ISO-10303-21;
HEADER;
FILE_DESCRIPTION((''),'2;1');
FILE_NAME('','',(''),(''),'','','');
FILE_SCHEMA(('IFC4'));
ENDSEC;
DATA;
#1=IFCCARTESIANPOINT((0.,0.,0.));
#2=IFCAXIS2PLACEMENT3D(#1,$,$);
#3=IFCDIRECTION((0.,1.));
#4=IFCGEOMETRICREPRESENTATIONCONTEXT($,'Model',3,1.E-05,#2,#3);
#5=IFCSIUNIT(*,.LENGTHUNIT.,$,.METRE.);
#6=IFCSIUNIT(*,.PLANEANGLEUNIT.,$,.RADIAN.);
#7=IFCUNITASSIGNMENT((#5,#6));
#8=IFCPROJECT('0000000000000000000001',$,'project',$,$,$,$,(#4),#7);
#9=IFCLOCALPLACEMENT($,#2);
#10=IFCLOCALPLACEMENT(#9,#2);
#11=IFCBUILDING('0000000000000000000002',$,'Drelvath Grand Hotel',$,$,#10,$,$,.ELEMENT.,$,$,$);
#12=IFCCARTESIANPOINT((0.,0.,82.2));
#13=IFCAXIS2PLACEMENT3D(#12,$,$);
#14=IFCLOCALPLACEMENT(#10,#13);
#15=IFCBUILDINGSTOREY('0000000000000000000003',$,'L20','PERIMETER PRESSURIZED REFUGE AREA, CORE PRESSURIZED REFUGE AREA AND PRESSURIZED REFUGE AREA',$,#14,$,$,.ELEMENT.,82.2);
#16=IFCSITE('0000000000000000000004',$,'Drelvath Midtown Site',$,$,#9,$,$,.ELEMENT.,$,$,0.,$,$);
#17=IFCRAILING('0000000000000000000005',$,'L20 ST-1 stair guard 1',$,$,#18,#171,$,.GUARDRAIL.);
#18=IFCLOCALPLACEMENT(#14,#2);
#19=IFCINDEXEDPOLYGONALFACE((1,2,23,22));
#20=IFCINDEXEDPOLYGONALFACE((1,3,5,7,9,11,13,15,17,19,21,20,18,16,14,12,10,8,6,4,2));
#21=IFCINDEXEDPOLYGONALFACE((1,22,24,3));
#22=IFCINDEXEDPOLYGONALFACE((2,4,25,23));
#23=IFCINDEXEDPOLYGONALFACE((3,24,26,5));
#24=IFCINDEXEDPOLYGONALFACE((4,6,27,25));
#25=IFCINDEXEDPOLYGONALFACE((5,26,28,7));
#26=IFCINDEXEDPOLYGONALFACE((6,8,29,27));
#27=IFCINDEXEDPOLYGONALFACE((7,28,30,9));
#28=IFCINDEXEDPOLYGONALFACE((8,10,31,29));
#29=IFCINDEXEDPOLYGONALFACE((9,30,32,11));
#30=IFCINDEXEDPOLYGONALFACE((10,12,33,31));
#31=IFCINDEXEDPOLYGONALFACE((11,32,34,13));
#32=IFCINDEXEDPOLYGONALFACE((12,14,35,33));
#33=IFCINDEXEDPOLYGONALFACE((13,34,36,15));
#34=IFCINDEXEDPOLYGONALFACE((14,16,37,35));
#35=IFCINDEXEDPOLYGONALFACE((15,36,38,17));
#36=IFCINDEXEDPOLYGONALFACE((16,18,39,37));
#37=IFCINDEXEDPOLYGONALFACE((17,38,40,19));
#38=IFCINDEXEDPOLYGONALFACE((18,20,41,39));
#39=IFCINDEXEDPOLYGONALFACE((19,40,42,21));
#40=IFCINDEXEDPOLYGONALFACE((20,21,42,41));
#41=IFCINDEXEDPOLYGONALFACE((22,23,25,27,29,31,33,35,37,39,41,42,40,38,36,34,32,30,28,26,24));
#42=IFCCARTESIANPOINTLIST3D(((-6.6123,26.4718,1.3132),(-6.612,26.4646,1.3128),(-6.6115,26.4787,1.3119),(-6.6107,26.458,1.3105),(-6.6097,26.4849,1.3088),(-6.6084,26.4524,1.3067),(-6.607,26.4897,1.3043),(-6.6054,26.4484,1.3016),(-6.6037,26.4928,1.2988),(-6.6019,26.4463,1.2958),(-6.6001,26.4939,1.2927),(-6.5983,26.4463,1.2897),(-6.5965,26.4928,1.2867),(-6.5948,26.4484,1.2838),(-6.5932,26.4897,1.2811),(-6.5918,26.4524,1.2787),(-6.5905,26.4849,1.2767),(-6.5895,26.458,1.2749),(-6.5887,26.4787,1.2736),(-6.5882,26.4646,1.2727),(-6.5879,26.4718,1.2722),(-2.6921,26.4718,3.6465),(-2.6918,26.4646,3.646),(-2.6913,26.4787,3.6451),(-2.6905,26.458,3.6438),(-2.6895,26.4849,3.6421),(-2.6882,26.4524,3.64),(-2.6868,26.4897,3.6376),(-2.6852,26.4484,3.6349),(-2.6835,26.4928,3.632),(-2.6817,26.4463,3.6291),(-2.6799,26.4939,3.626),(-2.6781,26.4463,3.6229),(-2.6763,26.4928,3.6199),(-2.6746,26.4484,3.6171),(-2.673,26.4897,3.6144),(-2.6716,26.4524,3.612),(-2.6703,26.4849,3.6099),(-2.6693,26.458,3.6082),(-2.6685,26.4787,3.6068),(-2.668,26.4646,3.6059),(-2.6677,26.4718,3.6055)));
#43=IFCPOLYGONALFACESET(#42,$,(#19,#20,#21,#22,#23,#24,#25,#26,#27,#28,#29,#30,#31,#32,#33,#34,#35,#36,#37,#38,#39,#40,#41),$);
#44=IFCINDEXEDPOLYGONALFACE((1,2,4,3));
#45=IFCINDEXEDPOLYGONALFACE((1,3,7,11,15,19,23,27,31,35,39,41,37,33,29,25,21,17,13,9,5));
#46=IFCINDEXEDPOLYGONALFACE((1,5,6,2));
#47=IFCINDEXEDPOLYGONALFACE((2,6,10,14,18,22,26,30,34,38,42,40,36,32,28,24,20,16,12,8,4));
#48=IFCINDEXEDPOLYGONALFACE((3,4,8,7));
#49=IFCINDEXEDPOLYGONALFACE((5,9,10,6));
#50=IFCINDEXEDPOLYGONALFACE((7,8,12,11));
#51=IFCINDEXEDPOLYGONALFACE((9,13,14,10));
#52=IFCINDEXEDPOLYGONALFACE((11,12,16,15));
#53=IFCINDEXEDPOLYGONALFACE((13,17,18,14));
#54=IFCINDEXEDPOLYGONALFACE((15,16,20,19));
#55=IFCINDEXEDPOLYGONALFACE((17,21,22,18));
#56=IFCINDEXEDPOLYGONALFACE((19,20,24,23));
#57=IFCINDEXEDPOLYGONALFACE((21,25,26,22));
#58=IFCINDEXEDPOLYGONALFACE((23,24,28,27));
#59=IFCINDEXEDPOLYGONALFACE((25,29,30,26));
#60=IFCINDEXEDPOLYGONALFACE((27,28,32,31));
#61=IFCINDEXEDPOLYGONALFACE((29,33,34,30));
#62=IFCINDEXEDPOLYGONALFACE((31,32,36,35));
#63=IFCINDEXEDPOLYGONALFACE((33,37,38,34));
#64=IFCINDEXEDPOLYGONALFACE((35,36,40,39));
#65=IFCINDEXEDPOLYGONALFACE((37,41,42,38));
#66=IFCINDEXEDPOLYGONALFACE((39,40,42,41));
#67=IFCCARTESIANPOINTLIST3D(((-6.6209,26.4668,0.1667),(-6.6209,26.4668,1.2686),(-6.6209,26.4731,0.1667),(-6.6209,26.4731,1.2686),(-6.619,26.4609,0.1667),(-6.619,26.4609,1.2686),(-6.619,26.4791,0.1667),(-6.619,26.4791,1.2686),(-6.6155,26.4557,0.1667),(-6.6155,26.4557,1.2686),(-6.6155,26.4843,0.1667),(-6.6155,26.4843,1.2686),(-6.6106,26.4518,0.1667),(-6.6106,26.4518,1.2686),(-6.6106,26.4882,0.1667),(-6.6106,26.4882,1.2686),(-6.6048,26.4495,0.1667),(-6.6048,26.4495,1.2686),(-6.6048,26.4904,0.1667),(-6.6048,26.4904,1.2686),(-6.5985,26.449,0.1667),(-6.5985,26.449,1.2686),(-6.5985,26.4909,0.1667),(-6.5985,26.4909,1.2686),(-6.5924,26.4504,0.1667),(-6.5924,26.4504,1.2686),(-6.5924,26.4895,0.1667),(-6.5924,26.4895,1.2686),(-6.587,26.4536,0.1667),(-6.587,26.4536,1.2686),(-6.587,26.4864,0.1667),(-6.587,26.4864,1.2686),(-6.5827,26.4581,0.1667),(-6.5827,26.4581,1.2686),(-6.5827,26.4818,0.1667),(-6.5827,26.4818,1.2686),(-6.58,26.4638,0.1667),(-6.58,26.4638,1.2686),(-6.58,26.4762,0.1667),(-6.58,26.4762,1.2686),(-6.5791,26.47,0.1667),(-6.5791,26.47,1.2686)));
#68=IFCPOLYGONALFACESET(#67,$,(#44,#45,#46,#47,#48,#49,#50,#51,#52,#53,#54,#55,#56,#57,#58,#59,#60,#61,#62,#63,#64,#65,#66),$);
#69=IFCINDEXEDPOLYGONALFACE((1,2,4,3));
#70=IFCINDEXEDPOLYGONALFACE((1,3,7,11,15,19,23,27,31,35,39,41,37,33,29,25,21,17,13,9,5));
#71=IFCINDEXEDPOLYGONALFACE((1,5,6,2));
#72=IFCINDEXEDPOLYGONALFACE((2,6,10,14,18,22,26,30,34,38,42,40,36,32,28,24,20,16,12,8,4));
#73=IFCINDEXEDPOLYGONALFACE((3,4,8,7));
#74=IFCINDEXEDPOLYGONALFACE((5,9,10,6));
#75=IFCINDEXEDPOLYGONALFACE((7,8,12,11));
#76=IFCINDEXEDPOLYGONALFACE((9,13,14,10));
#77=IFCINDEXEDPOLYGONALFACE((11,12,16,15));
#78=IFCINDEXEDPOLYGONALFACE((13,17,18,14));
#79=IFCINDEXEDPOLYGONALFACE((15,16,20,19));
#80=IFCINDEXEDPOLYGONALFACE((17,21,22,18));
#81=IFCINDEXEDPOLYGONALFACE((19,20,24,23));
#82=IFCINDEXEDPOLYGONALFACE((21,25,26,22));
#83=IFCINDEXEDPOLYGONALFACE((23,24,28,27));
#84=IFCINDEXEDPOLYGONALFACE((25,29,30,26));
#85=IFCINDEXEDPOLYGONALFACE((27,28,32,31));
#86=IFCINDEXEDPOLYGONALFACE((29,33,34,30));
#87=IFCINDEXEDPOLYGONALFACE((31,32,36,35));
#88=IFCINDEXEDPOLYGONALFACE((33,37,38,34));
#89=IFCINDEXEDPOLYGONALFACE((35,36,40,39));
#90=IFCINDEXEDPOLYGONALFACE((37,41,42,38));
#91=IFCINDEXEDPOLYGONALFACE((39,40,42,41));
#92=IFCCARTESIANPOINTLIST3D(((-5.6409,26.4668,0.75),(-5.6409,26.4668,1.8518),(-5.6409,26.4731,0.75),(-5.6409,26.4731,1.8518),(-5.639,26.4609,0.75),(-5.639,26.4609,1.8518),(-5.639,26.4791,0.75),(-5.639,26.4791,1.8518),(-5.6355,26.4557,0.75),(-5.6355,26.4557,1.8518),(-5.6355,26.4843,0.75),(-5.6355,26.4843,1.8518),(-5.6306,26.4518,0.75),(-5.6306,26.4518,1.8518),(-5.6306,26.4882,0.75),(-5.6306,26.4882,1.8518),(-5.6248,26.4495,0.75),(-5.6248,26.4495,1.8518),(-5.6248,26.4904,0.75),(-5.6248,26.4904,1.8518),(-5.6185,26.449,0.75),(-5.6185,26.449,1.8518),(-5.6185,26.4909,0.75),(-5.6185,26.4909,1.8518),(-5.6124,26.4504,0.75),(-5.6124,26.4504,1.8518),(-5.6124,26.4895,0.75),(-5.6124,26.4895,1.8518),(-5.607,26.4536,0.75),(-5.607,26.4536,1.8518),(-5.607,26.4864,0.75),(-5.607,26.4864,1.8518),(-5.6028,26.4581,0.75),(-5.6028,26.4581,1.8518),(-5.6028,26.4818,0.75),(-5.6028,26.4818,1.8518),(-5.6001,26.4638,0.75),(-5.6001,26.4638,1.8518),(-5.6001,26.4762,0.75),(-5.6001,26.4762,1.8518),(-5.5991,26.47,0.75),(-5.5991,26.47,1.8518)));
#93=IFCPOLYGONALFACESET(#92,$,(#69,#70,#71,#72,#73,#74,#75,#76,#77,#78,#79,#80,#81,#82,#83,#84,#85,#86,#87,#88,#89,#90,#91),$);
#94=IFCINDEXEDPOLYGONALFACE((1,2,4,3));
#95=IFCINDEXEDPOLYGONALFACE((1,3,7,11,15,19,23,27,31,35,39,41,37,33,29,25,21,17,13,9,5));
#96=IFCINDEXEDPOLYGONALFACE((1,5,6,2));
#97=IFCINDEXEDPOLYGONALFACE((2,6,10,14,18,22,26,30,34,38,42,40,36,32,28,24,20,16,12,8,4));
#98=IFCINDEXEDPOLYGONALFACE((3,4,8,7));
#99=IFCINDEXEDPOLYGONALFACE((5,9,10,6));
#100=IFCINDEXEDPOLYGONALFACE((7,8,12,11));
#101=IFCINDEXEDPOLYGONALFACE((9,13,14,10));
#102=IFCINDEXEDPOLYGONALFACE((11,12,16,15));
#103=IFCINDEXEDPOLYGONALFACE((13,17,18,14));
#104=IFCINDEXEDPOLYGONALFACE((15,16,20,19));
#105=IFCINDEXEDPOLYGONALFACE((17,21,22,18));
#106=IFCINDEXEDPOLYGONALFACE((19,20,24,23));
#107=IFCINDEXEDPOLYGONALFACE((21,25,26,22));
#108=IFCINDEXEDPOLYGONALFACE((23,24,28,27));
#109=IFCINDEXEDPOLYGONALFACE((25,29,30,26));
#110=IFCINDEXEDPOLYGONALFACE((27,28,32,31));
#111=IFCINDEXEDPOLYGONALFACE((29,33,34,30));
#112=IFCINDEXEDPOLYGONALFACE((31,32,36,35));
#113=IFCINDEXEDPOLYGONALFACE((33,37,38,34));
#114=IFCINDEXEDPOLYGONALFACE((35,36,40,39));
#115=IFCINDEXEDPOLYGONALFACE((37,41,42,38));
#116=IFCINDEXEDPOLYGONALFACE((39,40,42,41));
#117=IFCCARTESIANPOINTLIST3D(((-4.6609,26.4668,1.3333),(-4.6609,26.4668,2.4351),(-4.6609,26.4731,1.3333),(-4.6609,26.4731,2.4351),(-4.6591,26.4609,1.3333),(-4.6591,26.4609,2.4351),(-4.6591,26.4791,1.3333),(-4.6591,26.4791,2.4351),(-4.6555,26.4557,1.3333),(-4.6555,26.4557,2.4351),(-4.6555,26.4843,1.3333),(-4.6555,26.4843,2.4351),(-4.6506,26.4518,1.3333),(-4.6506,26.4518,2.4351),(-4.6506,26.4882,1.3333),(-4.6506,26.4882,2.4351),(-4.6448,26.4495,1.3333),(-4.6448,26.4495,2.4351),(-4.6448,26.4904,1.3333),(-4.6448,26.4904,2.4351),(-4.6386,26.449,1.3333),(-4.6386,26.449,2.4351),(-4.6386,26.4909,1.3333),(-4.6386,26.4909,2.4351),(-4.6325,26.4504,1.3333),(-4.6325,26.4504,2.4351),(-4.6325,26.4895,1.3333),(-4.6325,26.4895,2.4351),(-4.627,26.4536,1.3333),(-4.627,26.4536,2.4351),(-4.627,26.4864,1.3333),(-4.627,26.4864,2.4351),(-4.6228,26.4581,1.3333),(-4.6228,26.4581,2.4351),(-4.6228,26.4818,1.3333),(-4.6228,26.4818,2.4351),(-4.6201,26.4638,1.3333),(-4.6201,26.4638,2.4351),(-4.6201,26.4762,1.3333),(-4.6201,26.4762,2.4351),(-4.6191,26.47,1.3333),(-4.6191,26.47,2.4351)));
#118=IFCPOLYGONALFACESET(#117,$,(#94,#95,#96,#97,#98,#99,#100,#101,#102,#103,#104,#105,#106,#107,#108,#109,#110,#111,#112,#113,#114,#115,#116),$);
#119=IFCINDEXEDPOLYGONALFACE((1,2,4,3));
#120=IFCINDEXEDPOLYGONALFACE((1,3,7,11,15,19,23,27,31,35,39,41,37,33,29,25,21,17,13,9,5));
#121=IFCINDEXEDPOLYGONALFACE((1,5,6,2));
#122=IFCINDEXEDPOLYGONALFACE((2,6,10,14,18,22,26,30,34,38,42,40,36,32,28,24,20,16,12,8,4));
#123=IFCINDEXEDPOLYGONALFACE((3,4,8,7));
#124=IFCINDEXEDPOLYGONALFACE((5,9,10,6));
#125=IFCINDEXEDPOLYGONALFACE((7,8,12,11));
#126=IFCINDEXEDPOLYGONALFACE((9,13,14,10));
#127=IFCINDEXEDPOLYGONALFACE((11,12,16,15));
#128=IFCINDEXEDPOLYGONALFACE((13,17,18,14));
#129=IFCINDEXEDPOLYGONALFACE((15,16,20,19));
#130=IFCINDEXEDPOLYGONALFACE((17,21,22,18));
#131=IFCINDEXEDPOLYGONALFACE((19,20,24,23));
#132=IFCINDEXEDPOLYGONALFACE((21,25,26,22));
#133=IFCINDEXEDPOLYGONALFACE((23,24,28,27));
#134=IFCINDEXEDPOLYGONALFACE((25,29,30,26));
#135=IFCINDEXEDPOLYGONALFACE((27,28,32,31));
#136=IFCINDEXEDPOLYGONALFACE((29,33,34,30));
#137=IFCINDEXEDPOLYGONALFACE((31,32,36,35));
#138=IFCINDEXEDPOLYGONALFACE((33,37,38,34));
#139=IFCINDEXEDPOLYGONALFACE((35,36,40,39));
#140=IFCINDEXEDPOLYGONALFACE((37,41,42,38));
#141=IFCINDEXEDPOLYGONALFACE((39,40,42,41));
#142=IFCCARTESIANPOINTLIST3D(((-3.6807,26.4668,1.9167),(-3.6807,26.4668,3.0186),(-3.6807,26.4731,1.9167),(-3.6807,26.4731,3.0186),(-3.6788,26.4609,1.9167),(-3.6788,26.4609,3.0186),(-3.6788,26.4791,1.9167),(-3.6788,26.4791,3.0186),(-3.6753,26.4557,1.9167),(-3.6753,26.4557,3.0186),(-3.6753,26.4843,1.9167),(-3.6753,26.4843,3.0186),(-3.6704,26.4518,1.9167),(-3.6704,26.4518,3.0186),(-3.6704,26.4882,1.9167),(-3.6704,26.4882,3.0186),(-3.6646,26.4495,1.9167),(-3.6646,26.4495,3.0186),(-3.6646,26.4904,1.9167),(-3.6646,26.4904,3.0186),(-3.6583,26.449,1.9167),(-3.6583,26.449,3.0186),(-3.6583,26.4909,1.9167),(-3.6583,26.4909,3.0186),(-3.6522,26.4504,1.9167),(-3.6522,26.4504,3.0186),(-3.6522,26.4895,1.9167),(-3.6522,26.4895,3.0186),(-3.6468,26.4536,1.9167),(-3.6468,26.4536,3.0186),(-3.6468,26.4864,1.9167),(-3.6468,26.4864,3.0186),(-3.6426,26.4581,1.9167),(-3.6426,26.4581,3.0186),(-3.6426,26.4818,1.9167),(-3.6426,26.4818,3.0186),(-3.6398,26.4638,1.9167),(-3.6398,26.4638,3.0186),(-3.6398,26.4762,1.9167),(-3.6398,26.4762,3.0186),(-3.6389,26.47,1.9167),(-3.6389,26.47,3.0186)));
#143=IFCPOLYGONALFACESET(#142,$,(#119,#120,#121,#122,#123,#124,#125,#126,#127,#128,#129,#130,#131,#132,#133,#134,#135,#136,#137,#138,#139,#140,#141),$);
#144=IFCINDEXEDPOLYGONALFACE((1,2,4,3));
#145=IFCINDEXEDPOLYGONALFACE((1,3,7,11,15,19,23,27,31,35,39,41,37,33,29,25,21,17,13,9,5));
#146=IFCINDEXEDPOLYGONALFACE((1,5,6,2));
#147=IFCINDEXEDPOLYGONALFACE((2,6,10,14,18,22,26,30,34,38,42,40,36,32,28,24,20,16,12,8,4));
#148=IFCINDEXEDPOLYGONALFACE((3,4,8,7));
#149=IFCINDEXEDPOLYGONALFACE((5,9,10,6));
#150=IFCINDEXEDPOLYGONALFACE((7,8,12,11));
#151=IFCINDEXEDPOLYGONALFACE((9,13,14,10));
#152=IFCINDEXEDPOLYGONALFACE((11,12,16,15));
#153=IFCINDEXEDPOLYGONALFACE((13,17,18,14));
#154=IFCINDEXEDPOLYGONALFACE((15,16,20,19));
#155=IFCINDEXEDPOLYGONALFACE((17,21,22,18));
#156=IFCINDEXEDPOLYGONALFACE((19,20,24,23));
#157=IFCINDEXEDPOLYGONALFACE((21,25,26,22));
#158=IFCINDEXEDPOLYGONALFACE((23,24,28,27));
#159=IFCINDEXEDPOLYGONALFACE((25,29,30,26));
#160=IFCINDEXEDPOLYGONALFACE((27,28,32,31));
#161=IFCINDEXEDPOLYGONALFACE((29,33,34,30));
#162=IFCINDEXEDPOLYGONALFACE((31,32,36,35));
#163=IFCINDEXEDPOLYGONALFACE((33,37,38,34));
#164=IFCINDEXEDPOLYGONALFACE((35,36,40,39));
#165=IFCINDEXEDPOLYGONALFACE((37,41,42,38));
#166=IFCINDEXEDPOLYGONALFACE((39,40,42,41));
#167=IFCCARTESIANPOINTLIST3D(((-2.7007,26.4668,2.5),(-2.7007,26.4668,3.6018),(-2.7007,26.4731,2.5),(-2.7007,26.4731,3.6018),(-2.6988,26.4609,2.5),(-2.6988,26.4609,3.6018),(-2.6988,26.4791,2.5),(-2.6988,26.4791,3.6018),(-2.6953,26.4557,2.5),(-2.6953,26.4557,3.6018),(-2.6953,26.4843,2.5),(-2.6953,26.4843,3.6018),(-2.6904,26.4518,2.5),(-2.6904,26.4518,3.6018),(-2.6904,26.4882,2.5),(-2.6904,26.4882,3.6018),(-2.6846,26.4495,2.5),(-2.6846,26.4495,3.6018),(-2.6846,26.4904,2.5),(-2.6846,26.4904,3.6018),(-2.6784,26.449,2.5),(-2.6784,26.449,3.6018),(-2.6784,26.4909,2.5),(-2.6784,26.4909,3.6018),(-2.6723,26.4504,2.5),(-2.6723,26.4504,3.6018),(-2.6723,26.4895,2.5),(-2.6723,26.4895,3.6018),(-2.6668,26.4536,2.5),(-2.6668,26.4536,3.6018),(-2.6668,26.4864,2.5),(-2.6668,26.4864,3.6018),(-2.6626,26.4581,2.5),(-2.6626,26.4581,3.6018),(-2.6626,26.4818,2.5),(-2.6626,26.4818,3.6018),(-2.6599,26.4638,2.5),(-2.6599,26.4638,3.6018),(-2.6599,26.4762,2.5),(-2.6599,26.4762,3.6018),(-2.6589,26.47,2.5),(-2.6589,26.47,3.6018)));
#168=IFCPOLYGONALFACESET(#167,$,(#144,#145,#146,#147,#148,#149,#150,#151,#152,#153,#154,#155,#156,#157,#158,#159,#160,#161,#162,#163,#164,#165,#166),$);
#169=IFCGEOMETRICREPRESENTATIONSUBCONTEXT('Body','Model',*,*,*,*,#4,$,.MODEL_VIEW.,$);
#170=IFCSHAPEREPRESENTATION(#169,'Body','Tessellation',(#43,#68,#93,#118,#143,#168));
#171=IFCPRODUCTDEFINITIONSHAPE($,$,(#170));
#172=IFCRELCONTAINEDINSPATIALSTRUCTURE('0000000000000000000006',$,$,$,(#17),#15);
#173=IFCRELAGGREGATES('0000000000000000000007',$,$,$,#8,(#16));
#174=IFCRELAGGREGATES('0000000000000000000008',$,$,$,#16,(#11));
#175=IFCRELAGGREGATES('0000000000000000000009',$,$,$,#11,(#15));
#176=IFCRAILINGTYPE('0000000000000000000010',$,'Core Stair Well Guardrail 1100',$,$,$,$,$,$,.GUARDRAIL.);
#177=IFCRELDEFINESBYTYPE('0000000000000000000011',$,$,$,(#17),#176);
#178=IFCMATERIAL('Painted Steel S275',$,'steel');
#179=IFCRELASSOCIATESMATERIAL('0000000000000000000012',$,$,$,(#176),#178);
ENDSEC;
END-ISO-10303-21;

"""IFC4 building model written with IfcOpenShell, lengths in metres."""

from ifc_helpers import new_model, si_unit, direction, frame, origin, origin_2d, place, context, subcontext, project, spatial, circle, extrude, material, type_object, element, save


model = new_model("IFC4")

# Units and contexts
model_context = context("Model", 3, precision=1e-05, world=origin(), true_north=direction((0.0, 1.0)))
body_context = subcontext(model_context, "Body", "Model", "MODEL_VIEW")
ifc_project = project(units=[si_unit("LENGTHUNIT", "METRE"), si_unit("PLANEANGLEUNIT", "RADIAN")], contexts=[model_context])

# Site, building, storey
site_placement = place(None, origin())
site = spatial("IfcSite", under=ifc_project, at=site_placement, Name="Drelvath Midtown Site", CompositionType="ELEMENT", RefElevation=0.0)
building_placement = place(site_placement, origin())
building = spatial("IfcBuilding", under=site, at=building_placement, Name="Drelvath Grand Hotel", CompositionType="ELEMENT")
storey_placement = place(building_placement, frame((0.0, 0.0, 82.2)))
storey = spatial("IfcBuildingStorey", under=building, at=storey_placement, Name="L20", Description="PERIMETER PRESSURIZED REFUGE AREA, CORE PRESSURIZED REFUGE AREA AND PRESSURIZED REFUGE AREA", CompositionType="ELEMENT", Elevation=82.2)

# Shared definitions
ifc_material_1 = material(Name="Painted Steel S275", Category="steel")

# Railing
railing_type_1 = type_object("IfcRailingType", Name="Core Stair Well Guardrail 1100", PredefinedType="GUARDRAIL", material=ifc_material_1)
railing_1_placement = place(storey_placement, frame((-6.6001, 26.47, 0.1667)))
element("IfcRailing", 1, at=railing_1_placement, inside=storey, type_object=railing_type_1, Name="L20 ST-1 stair guard 1", PredefinedType="GUARDRAIL", context=body_context, shape_type="SweptSolid", body=[
    extrude(circle(Radius=0.0239, at=origin_2d()), frame((0.0, 0.0, 1.126), z_axis=(0.85931, 0.0, 0.511455), x_axis=(0.0, 1.0, 0.0)), (0.0, 0.0, 1.0), 4.562),
    extrude(circle(Radius=0.021, at=origin_2d()), origin(), (0.0, 0.0, 1.0), 1.1018),
    extrude(circle(Radius=0.021, at=origin_2d()), frame((0.98, 0.0, 0.5833)), (0.0, 0.0, 1.0), 1.1018),
    extrude(circle(Radius=0.021, at=origin_2d()), frame((1.96, 0.0, 1.1665)), (0.0, 0.0, 1.0), 1.1018),
    extrude(circle(Radius=0.021, at=origin_2d()), frame((2.9402, 0.0, 1.75)), (0.0, 0.0, 1.0), 1.1018),
    extrude(circle(Radius=0.021, at=origin_2d()), frame((3.9202, 0.0, 2.3333)), (0.0, 0.0, 1.0), 1.1018),
])

save(model, "model.ifc")
